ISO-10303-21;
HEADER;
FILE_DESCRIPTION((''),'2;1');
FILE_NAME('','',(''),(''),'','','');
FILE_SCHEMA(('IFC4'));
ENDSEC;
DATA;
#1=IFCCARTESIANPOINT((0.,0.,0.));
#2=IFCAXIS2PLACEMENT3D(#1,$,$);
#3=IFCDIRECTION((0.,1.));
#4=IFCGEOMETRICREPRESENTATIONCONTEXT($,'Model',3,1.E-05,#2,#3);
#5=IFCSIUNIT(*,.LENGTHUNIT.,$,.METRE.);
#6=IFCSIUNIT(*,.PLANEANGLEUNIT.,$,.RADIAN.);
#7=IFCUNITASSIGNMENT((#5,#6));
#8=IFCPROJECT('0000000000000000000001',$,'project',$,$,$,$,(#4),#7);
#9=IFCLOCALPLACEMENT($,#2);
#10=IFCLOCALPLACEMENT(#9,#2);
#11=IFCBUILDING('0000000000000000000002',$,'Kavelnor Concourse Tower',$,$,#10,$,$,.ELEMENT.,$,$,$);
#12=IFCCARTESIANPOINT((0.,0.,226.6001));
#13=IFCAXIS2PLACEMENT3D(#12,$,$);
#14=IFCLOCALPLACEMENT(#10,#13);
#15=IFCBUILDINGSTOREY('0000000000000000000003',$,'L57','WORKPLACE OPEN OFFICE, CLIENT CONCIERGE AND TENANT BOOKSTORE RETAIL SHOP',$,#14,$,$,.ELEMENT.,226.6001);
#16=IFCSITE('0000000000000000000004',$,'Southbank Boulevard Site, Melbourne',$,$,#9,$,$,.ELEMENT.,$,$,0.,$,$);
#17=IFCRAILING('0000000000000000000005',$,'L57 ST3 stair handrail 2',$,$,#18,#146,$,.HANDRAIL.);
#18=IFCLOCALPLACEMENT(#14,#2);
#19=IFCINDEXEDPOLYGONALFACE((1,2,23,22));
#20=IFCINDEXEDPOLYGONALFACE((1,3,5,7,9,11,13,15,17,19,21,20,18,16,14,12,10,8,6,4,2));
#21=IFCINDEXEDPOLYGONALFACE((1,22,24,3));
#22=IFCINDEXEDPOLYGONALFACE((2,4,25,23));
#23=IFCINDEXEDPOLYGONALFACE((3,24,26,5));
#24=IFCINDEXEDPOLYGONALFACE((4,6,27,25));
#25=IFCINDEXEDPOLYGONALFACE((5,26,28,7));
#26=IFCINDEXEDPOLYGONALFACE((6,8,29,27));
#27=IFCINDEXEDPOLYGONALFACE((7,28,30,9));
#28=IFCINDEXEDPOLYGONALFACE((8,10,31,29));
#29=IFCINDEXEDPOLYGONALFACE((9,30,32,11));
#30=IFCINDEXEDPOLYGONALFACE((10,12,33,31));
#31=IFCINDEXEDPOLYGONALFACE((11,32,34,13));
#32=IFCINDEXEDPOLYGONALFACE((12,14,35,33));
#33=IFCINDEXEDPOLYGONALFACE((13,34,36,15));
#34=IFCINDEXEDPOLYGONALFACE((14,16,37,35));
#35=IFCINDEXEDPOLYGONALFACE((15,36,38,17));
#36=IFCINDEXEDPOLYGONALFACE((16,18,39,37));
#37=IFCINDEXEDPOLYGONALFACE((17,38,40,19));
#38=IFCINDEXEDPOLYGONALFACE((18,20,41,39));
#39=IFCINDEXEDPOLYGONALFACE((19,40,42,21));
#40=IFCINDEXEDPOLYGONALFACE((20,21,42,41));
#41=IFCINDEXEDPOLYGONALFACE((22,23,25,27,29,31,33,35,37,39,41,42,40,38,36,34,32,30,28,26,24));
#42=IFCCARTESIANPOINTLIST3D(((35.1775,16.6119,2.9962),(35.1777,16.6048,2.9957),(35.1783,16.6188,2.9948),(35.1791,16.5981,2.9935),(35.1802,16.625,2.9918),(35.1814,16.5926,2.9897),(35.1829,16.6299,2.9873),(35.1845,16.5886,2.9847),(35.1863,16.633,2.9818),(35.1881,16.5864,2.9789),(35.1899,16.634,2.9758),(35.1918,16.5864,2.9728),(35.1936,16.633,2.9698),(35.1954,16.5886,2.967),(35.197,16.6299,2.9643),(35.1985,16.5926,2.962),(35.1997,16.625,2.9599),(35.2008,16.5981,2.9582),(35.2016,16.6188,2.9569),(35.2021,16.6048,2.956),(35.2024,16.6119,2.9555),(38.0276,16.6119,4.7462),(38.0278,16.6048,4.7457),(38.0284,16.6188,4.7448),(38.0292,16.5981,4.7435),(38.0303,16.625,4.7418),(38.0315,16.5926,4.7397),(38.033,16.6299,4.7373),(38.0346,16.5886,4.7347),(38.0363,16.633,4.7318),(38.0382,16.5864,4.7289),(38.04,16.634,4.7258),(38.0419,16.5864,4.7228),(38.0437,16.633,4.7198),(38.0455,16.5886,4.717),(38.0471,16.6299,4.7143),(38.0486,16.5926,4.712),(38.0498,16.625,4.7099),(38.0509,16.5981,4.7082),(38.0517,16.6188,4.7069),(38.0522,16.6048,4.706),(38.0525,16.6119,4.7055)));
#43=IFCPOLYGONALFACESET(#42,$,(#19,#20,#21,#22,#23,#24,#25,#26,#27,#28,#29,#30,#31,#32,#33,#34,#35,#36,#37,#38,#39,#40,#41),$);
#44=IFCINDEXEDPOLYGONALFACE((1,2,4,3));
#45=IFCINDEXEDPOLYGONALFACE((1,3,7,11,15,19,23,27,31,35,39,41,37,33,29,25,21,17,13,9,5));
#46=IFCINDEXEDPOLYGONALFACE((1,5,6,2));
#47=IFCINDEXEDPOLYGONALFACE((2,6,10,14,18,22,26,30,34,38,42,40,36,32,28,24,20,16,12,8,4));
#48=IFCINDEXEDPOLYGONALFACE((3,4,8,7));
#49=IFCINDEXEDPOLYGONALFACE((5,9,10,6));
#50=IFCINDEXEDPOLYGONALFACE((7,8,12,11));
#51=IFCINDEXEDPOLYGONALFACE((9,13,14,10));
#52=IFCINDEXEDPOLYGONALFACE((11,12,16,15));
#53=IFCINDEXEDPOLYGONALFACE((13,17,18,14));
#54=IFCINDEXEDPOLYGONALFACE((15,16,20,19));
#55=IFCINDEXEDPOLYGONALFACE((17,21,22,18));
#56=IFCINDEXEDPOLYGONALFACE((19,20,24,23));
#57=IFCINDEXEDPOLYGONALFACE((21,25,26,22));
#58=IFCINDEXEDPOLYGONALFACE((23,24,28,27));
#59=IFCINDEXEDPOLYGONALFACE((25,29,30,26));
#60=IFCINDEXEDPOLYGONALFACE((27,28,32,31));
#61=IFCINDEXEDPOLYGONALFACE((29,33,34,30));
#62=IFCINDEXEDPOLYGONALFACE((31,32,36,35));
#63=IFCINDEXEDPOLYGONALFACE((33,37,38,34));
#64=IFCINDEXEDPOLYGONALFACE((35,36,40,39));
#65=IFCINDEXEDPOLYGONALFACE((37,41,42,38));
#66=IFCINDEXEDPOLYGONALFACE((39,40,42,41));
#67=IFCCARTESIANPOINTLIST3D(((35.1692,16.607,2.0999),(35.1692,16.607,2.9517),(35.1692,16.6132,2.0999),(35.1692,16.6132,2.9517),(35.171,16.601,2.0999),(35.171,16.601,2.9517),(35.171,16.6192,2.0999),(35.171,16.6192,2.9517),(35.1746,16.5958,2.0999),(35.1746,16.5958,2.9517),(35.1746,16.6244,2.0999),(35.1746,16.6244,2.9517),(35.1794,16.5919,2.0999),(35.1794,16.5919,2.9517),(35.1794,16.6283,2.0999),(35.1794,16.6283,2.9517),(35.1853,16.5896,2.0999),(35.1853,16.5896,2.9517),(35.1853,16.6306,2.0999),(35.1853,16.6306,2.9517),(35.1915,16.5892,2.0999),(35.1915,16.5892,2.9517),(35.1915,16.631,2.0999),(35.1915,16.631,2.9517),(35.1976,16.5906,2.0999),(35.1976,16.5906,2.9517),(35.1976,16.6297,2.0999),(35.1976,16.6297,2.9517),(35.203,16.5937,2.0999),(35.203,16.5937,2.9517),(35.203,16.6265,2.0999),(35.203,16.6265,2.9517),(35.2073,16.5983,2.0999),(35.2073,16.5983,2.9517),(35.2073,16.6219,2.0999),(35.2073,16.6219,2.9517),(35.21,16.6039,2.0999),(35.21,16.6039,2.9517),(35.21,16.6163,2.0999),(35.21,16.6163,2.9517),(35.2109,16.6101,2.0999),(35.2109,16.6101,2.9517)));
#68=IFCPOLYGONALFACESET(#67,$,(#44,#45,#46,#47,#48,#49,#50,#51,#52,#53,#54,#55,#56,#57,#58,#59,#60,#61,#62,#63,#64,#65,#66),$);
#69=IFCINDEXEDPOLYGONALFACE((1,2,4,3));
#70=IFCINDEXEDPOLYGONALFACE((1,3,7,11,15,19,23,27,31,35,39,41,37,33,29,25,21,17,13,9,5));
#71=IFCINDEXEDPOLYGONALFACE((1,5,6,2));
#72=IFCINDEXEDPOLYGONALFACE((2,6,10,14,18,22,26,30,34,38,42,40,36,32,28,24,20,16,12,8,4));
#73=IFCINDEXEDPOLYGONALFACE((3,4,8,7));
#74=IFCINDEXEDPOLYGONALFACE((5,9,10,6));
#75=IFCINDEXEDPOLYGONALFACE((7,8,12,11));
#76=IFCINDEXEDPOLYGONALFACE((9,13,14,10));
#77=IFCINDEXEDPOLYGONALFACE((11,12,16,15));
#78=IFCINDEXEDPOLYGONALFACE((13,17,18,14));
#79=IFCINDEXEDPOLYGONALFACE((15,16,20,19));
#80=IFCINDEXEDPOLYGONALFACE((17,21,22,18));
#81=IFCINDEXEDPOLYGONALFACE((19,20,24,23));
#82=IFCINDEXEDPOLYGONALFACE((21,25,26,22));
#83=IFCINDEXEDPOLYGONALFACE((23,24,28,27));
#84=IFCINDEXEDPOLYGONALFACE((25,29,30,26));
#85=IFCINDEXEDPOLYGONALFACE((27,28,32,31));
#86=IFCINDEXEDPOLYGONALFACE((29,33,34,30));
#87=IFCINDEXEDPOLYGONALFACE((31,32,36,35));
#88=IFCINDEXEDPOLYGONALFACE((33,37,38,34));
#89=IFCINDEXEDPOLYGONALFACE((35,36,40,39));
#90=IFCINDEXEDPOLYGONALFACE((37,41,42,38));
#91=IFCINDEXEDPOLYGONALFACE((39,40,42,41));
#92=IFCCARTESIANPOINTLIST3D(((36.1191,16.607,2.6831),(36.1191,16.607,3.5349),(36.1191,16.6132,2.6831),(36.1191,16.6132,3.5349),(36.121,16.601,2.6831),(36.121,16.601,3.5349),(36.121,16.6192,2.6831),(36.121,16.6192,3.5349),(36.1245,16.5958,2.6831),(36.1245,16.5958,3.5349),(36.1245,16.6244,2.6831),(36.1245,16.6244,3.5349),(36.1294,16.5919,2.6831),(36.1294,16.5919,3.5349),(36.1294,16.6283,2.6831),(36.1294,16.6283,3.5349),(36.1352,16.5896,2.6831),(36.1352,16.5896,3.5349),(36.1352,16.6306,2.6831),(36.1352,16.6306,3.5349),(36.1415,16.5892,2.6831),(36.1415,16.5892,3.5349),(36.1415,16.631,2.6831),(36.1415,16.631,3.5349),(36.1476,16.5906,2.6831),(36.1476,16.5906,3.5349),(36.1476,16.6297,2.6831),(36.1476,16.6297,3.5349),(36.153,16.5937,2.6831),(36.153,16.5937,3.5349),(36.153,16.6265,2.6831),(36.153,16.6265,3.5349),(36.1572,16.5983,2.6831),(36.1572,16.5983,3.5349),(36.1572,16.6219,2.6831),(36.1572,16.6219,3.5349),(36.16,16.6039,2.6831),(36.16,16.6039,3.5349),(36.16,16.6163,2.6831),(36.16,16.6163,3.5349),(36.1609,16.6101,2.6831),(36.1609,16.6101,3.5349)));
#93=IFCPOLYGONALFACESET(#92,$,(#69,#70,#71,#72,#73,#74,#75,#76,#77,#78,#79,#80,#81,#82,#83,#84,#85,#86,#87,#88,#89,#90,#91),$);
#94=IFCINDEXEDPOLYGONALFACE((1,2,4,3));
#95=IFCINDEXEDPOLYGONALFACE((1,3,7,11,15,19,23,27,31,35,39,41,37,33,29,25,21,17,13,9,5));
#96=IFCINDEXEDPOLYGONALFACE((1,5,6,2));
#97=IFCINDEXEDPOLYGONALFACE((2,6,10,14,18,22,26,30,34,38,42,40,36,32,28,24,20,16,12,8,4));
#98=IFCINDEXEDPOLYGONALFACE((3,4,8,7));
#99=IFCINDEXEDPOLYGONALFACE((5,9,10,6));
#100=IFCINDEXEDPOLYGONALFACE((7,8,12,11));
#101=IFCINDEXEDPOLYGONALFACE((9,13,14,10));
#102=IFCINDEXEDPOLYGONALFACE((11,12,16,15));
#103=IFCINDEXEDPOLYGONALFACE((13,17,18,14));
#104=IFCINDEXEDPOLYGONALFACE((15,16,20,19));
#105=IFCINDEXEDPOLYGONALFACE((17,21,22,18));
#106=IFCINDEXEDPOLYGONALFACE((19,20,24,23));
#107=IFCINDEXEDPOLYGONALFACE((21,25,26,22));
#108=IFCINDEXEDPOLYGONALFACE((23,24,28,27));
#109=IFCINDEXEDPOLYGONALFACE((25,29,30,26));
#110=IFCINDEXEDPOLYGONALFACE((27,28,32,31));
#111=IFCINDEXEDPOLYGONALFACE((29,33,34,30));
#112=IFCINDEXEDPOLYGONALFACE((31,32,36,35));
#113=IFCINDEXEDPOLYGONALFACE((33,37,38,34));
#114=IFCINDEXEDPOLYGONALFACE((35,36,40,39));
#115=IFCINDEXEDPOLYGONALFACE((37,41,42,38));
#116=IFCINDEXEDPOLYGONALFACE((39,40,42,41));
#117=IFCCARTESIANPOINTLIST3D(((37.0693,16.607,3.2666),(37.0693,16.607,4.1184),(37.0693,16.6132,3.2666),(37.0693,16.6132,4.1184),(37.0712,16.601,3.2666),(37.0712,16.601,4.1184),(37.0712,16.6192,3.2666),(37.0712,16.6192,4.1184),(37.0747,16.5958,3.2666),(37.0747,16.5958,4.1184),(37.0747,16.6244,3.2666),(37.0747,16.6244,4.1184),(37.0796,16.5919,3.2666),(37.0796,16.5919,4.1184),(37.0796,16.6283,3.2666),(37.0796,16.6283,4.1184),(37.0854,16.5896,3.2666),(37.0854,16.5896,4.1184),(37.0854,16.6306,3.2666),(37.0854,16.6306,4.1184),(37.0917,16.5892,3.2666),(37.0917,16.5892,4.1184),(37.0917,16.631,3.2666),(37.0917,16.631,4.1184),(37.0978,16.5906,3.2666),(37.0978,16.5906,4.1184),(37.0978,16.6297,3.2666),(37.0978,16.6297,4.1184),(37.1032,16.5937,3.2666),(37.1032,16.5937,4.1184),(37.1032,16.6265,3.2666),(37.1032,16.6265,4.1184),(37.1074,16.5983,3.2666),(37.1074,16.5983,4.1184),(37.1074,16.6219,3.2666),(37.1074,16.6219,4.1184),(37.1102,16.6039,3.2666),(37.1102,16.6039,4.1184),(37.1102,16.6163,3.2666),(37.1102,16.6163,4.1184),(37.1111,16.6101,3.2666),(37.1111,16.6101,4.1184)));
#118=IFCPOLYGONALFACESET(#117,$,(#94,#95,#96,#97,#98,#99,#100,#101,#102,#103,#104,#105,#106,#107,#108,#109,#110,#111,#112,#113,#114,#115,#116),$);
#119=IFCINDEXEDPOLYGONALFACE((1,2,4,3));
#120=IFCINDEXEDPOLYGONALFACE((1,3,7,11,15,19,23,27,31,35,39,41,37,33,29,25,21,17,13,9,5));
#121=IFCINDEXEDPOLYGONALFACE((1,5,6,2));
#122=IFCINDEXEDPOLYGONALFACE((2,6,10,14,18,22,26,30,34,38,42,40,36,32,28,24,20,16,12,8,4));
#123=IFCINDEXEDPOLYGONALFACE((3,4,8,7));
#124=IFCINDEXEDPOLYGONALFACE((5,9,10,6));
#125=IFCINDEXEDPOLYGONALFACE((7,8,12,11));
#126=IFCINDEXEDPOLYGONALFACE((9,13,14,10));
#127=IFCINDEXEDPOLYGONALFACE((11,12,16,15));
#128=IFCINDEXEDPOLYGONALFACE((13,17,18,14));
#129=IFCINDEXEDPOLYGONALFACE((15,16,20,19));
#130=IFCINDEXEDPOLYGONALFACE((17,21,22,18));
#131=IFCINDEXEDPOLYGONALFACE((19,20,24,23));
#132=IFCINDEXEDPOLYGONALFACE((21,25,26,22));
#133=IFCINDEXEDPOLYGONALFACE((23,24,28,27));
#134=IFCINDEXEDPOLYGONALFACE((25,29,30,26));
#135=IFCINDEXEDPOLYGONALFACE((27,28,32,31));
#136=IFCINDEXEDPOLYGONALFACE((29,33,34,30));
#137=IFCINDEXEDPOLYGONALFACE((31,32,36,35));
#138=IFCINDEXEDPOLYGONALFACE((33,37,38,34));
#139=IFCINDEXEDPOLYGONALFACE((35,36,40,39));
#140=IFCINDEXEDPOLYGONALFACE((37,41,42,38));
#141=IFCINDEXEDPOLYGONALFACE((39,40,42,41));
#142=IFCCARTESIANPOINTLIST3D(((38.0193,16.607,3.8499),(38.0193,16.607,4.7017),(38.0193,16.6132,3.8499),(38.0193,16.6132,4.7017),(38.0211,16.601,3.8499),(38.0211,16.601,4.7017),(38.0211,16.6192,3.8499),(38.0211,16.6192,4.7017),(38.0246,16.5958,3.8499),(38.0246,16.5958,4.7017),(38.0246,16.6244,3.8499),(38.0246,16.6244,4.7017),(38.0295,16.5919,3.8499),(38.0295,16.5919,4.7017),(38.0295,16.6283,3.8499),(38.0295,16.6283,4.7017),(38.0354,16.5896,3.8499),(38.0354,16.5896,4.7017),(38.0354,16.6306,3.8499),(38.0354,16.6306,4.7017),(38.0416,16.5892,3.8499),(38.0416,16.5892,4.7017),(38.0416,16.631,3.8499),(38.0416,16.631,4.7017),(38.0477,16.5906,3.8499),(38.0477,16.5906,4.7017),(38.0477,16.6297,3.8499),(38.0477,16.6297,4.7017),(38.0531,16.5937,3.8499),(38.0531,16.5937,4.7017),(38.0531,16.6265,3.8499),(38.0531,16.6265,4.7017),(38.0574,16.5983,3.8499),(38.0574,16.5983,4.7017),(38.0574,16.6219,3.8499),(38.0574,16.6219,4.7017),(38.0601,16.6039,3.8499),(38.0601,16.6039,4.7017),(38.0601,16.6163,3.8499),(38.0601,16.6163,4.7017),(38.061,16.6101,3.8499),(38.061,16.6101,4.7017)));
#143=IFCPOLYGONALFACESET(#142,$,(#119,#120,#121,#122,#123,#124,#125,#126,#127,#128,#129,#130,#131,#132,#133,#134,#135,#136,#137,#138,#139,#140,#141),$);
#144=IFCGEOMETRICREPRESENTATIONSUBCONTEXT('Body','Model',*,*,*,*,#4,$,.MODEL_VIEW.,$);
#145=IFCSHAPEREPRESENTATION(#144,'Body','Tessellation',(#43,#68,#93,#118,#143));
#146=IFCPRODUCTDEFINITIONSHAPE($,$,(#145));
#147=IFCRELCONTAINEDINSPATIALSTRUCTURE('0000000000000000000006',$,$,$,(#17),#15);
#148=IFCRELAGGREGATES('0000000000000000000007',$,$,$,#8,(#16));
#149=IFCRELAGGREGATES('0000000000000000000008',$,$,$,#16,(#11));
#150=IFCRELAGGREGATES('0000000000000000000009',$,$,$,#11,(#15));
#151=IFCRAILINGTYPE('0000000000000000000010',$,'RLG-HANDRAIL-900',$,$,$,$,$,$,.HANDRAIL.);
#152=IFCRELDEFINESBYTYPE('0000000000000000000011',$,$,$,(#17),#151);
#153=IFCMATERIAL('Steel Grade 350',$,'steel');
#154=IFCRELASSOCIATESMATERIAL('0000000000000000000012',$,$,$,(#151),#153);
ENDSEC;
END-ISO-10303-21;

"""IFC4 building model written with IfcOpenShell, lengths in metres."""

from ifc_helpers import new_model, si_unit, direction, frame, origin, origin_2d, place, context, subcontext, project, spatial, circle, extrude, material, type_object, element, save


model = new_model("IFC4")

# Units and contexts
model_context = context("Model", 3, precision=1e-05, world=origin(), true_north=direction((0.0, 1.0)))
body_context = subcontext(model_context, "Body", "Model", "MODEL_VIEW")
ifc_project = project(units=[si_unit("LENGTHUNIT", "METRE"), si_unit("PLANEANGLEUNIT", "RADIAN")], contexts=[model_context])

# Site, building, storey
site_placement = place(None, origin())
site = spatial("IfcSite", under=ifc_project, at=site_placement, Name="Southbank Boulevard Site, Melbourne", CompositionType="ELEMENT", RefElevation=0.0)
building_placement = place(site_placement, origin())
building = spatial("IfcBuilding", under=site, at=building_placement, Name="Kavelnor Concourse Tower", CompositionType="ELEMENT")
storey_placement = place(building_placement, frame((0.0, 0.0, 226.6001)))
storey = spatial("IfcBuildingStorey", under=building, at=storey_placement, Name="L57", Description="WORKPLACE OPEN OFFICE, CLIENT CONCIERGE AND TENANT BOOKSTORE RETAIL SHOP", CompositionType="ELEMENT", Elevation=226.6001)

# Shared definitions
ifc_material_1 = material(Name="Steel Grade 350", Category="steel")

# Railing
railing_type_1 = type_object("IfcRailingType", Name="RLG-HANDRAIL-900", PredefinedType="HANDRAIL", material=ifc_material_1)
railing_1_placement = place(storey_placement, frame((35.1899, 16.6101, 2.0999)))
element("IfcRailing", 1, at=railing_1_placement, inside=storey, type_object=railing_type_1, Name="L57 ST3 stair handrail 2", PredefinedType="HANDRAIL", context=body_context, shape_type="SweptSolid", body=[
    extrude(circle(Radius=0.0239, at=origin_2d()), frame((0.0, 0.0, 0.876), z_axis=(0.852179, 0.0, 0.52325), x_axis=(0.0, 1.0, 0.0)), (0.0, 0.0, 1.0), 3.3445),
    extrude(circle(Radius=0.021, at=origin_2d()), origin(), (0.0, 0.0, 1.0), 0.8518),
    extrude(circle(Radius=0.021, at=origin_2d()), frame((0.95, 0.0, 0.5833)), (0.0, 0.0, 1.0), 0.8518),
    extrude(circle(Radius=0.021, at=origin_2d()), frame((1.9001, 0.0, 1.1667)), (0.0, 0.0, 1.0), 0.8518),
    extrude(circle(Radius=0.021, at=origin_2d()), frame((2.8501, 0.0, 1.75)), (0.0, 0.0, 1.0), 0.8518),
])

save(model, "model.ifc")
